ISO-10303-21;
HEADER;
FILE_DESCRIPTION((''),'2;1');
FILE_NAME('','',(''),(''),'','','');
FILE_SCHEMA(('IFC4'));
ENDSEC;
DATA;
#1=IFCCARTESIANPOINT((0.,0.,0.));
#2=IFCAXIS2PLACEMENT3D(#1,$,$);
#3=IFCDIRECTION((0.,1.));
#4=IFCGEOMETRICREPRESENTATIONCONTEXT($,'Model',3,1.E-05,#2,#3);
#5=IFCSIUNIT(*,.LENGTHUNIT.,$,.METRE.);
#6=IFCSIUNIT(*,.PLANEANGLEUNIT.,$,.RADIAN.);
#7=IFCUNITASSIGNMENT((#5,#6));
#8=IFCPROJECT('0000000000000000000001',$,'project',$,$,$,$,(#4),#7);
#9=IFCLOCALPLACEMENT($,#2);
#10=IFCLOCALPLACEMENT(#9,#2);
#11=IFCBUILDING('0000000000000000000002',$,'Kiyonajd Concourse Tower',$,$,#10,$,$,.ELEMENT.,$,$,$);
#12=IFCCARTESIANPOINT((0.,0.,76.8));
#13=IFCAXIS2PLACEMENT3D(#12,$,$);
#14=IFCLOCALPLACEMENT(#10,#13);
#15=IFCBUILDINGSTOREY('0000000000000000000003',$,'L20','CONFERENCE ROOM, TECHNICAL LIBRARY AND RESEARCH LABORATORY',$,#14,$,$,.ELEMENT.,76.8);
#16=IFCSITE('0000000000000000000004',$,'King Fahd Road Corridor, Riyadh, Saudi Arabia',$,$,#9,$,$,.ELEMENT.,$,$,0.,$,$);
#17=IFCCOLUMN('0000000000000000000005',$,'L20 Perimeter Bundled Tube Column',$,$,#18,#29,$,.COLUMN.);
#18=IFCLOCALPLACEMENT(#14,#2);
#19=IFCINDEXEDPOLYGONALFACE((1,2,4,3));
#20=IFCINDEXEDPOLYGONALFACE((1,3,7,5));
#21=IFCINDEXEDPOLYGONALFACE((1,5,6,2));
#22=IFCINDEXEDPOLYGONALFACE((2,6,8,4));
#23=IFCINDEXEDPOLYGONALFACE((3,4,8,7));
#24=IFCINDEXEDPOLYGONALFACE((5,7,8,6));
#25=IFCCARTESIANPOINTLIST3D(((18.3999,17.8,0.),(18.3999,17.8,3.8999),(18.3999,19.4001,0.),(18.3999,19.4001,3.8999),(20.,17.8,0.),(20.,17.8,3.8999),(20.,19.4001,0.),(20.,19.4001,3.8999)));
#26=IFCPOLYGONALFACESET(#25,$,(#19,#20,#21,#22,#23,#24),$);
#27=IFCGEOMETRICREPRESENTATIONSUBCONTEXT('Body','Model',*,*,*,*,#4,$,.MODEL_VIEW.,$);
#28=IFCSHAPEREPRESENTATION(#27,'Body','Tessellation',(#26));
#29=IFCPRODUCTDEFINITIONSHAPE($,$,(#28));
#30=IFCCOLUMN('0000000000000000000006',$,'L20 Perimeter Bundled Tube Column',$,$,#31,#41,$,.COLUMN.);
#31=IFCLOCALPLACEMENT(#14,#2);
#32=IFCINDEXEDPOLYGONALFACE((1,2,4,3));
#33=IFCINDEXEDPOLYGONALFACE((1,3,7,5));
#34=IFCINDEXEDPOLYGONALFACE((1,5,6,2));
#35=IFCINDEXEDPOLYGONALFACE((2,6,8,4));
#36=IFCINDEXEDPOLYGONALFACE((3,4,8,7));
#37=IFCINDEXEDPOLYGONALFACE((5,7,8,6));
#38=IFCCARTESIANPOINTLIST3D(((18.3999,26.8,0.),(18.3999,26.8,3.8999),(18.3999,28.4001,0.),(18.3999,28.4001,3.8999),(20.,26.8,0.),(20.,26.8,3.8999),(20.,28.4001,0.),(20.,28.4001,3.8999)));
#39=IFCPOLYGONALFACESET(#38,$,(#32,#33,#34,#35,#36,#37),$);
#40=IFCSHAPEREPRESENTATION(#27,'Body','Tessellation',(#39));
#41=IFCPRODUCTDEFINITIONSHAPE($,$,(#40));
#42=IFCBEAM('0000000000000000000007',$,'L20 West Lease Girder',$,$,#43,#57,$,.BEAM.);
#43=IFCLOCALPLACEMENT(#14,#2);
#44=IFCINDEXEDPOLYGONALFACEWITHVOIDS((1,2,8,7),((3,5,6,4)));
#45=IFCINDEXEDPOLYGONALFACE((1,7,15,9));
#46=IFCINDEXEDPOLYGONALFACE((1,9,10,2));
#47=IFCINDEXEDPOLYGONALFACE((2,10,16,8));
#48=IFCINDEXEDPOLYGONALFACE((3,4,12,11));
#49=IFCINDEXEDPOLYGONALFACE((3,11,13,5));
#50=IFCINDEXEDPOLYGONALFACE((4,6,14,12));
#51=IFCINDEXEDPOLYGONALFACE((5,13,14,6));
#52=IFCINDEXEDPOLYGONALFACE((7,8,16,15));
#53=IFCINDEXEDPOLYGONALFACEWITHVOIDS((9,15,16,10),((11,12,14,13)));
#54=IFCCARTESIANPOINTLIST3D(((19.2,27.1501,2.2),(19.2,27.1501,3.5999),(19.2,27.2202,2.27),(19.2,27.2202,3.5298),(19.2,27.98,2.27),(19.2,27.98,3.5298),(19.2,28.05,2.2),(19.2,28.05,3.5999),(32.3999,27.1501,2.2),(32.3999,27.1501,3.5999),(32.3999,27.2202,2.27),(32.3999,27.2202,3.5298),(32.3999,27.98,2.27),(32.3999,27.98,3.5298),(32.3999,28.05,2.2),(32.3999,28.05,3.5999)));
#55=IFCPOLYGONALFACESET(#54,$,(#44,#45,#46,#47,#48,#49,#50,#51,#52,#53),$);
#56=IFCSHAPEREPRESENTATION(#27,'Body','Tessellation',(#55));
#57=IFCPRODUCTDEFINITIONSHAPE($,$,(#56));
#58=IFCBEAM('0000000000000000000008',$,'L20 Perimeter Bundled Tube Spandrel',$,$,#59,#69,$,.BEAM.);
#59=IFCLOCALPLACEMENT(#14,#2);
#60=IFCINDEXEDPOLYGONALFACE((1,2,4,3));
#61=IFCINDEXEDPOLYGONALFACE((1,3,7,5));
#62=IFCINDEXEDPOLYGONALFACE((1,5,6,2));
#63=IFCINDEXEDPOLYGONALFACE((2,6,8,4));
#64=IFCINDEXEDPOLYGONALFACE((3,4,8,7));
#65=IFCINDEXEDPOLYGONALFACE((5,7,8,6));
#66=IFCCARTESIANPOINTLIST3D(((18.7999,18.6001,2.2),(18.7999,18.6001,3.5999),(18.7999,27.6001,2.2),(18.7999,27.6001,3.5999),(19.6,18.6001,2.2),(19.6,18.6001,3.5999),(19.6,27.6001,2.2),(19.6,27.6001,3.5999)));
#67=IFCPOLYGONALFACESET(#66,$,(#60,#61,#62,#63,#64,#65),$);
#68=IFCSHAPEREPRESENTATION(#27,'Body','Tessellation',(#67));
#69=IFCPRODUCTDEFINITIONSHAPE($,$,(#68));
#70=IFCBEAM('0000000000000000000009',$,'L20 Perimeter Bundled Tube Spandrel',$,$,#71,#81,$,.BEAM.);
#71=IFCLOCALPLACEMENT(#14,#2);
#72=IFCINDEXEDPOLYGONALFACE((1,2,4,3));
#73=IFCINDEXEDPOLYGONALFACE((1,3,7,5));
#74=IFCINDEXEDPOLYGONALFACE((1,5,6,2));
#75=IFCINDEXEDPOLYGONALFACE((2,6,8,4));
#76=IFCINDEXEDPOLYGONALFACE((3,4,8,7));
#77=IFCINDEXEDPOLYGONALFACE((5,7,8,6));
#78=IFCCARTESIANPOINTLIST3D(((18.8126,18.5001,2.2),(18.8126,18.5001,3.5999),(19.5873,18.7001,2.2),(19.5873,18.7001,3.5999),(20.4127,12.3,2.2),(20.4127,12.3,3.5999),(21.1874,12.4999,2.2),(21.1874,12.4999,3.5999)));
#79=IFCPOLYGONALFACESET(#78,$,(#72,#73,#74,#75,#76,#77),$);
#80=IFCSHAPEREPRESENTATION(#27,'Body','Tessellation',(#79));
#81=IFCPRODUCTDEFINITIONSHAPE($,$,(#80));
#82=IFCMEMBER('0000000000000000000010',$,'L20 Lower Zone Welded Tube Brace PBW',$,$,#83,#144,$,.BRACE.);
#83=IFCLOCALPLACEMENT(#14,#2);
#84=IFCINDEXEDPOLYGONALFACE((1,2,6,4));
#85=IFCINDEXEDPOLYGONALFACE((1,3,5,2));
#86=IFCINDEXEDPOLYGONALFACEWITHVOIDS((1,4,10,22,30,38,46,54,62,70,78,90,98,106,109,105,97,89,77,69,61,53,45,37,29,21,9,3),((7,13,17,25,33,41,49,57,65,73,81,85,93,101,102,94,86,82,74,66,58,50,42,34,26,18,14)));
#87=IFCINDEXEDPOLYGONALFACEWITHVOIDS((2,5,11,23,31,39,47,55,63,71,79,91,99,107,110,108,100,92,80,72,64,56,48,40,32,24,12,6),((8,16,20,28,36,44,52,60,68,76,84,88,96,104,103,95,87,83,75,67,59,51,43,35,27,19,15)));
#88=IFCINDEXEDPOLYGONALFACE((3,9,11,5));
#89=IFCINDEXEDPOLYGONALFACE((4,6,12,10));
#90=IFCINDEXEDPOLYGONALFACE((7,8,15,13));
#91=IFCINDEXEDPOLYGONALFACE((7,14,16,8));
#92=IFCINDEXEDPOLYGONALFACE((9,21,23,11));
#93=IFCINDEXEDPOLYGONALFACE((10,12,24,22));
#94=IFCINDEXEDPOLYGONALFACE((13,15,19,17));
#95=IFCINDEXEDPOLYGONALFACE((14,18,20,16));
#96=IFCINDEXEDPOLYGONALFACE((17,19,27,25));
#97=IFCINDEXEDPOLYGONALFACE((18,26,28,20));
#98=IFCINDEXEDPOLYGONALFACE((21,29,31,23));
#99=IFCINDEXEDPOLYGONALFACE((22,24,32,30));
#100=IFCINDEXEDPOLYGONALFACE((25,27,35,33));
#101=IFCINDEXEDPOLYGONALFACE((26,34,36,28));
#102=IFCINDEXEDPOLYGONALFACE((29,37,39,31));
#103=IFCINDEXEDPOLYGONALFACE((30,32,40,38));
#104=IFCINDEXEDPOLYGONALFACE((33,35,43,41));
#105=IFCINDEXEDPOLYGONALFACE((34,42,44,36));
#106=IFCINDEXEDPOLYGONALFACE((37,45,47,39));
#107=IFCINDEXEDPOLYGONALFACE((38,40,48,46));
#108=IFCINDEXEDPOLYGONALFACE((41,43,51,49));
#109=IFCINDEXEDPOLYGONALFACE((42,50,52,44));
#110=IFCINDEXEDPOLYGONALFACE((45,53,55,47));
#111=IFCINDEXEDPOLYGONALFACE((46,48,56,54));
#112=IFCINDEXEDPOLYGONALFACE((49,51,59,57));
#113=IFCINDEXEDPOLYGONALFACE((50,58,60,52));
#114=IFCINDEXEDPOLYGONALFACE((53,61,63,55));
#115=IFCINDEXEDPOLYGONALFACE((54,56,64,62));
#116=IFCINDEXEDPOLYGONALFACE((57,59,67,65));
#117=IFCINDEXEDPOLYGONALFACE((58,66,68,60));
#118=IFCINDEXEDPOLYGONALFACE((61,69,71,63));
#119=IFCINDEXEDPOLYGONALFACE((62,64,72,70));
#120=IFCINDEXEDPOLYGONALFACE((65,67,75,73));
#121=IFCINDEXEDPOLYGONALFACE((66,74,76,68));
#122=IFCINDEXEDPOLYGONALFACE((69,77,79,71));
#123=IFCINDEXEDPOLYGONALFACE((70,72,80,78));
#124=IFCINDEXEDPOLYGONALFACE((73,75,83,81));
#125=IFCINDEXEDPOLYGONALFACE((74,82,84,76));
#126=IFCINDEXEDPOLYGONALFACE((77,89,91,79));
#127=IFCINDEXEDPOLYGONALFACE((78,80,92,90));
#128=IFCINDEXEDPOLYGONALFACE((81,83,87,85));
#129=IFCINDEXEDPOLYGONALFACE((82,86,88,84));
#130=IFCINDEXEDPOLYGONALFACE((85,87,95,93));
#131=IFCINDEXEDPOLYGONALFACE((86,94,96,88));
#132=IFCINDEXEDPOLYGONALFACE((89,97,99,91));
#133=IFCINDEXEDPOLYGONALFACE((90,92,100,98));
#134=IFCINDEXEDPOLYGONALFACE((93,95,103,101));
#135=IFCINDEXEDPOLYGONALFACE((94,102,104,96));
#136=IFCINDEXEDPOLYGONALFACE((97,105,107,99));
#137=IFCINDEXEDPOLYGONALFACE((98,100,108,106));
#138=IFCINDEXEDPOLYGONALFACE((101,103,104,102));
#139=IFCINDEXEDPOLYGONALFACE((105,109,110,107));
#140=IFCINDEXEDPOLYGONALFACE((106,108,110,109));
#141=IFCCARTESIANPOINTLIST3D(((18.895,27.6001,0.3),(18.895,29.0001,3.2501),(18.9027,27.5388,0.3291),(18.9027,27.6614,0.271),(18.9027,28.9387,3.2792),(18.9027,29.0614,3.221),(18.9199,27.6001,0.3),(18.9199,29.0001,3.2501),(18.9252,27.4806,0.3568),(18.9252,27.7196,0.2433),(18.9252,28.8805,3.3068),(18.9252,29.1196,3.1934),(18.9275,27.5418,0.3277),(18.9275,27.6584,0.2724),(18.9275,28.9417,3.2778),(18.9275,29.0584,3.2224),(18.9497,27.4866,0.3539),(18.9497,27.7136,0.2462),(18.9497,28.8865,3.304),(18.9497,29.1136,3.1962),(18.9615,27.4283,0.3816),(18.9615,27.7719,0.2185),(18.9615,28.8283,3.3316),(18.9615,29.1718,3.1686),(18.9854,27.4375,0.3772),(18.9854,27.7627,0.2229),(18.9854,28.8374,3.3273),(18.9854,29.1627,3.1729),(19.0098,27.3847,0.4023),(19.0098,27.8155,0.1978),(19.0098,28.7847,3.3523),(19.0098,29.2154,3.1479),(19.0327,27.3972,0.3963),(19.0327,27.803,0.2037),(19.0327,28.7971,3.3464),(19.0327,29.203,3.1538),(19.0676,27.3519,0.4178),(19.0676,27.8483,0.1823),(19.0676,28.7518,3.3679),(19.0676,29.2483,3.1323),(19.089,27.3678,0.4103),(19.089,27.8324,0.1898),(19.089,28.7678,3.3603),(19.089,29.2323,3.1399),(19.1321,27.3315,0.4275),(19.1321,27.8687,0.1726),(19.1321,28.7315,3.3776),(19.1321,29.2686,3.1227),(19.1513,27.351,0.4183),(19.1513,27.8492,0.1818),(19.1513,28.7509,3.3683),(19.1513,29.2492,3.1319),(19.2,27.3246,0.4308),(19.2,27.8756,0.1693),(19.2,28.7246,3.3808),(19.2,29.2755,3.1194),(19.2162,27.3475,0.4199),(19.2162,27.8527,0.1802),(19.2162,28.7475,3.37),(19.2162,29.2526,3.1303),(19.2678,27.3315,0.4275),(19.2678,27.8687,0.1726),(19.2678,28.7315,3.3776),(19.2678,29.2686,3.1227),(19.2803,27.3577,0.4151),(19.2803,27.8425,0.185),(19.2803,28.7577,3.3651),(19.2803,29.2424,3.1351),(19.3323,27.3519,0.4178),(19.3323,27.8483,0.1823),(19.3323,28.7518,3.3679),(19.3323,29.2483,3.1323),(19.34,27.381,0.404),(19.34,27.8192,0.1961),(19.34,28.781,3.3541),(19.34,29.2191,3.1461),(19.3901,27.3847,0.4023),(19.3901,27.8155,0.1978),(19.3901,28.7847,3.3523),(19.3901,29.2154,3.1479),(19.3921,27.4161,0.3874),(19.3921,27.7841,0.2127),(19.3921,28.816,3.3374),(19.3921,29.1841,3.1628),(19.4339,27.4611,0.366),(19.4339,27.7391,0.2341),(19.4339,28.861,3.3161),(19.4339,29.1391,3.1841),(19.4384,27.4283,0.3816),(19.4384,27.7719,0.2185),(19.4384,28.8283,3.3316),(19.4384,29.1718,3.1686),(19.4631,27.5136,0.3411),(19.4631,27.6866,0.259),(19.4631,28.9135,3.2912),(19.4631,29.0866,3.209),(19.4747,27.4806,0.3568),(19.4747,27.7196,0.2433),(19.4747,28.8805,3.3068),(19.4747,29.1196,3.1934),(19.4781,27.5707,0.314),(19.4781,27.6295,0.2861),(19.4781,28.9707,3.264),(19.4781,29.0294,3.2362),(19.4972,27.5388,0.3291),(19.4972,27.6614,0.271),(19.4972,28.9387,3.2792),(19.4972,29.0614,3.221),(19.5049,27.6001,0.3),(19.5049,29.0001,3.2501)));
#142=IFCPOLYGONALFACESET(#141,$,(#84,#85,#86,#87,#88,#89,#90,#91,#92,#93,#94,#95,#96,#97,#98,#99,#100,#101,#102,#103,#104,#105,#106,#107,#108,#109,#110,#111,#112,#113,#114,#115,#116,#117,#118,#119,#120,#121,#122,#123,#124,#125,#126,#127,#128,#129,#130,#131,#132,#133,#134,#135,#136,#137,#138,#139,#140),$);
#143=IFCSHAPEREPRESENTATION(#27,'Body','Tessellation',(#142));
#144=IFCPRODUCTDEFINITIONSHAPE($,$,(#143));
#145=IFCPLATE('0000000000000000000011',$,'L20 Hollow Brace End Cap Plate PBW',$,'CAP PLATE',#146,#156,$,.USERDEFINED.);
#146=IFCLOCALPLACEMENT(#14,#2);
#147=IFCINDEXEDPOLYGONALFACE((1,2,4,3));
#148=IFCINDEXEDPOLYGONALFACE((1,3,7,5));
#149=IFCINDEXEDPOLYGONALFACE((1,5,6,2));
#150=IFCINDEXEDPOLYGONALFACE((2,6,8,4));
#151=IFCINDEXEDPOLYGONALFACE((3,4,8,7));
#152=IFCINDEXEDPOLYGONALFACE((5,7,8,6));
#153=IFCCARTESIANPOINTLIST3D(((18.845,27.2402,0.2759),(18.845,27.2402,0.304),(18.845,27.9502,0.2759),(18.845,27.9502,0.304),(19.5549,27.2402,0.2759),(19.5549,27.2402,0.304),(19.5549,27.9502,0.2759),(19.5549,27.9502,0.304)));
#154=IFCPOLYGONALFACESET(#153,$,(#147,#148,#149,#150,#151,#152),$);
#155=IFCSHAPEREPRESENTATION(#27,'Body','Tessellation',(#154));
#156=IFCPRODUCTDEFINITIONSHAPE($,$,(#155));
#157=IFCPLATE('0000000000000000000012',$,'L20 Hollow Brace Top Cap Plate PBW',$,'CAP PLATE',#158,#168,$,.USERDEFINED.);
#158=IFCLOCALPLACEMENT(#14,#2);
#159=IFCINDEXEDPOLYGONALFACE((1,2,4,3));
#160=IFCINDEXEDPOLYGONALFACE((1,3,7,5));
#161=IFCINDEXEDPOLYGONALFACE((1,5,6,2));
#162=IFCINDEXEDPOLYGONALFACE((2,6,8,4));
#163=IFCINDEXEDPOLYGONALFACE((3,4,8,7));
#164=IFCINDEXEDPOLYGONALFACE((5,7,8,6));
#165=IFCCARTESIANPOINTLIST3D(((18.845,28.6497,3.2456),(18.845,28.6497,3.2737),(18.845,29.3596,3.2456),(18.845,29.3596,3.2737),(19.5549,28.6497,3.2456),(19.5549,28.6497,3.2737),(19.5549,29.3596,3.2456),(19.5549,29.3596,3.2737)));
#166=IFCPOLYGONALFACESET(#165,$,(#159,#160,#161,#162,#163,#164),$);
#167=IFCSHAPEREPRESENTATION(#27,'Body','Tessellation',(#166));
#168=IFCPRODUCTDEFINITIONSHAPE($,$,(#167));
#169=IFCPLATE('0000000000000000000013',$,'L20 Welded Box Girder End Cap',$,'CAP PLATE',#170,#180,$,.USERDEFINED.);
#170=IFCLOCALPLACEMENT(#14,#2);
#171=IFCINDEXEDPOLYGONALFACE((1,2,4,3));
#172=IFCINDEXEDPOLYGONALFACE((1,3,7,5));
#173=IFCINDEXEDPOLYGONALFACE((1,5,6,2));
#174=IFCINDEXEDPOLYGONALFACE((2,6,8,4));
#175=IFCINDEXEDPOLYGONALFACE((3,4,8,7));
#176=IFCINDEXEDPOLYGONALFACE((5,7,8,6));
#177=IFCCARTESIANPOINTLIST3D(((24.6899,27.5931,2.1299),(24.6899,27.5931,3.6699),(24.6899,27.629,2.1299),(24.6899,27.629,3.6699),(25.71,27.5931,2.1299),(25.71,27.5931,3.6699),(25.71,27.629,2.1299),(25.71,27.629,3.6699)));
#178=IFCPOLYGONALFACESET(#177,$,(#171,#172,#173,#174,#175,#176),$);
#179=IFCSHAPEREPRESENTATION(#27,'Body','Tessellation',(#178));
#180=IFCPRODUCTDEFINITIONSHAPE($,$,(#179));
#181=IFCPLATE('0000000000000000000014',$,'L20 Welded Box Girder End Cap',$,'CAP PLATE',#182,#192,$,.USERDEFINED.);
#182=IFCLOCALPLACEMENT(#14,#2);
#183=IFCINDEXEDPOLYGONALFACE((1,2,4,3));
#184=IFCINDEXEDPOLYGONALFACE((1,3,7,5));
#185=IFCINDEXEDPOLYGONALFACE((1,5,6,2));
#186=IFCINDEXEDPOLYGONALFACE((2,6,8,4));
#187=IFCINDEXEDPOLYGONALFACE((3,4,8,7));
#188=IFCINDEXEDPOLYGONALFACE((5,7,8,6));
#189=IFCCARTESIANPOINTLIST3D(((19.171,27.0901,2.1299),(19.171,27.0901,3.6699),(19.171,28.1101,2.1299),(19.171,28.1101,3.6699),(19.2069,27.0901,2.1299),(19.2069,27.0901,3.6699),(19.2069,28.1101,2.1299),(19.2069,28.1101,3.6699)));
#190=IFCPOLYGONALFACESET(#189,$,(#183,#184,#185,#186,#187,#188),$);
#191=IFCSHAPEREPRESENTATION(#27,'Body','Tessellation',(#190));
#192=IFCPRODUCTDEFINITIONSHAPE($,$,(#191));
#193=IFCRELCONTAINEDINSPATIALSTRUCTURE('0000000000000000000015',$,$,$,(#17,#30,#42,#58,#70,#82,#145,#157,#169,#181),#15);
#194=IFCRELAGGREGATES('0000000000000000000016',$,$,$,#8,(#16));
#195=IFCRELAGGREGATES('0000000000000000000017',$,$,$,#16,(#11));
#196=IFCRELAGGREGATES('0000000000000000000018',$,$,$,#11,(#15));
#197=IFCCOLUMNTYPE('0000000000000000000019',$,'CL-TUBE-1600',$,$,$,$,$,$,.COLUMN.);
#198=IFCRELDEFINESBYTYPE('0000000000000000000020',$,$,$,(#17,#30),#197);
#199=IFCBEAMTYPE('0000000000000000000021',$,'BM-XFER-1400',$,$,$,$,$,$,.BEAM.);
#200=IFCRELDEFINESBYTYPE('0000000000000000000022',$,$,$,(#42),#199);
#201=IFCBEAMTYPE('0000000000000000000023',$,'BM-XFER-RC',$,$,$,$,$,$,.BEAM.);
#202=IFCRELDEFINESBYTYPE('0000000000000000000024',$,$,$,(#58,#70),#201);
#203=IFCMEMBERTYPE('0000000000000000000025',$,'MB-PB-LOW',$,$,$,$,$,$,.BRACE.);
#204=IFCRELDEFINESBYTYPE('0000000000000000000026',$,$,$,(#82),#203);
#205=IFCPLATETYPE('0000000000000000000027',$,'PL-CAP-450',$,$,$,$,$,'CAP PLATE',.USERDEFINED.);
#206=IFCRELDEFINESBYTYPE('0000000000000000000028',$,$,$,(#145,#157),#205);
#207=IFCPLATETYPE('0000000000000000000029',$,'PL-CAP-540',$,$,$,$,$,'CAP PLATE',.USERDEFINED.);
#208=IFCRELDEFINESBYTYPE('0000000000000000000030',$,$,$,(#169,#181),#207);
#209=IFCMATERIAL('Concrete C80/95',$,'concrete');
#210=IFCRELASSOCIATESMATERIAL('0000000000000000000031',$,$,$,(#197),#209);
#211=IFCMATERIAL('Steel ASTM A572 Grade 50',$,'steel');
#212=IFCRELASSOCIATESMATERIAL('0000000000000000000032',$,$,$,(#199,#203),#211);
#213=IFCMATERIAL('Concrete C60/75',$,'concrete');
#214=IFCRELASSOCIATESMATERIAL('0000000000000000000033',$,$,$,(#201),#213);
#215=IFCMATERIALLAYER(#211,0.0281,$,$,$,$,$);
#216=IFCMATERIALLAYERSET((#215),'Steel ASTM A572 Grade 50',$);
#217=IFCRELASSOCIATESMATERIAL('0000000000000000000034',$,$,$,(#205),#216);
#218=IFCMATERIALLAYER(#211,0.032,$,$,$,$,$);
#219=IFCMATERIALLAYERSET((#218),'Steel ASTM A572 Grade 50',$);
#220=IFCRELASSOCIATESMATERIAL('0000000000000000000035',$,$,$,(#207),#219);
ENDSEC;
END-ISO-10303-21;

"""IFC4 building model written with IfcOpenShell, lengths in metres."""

from ifc_helpers import new_model, si_unit, direction, frame, origin, origin_2d, place, context, subcontext, project, spatial, rectangle, hollow_rectangle, hollow_circle, extrude, material, layer, layer_set, material_profile, profile_set, type_object, element, save


model = new_model("IFC4")

# Units and contexts
model_context = context("Model", 3, precision=1e-05, world=origin(), true_north=direction((0.0, 1.0)))
body_context = subcontext(model_context, "Body", "Model", "MODEL_VIEW")
ifc_project = project(units=[si_unit("LENGTHUNIT", "METRE"), si_unit("PLANEANGLEUNIT", "RADIAN")], contexts=[model_context])

# Site, building, storey
site_placement = place(None, origin())
site = spatial("IfcSite", under=ifc_project, at=site_placement, Name="King Fahd Road Corridor, Riyadh, Saudi Arabia", CompositionType="ELEMENT", RefElevation=0.0)
building_placement = place(site_placement, origin())
building = spatial("IfcBuilding", under=site, at=building_placement, Name="Kiyonajd Concourse Tower", CompositionType="ELEMENT")
storey_placement = place(building_placement, frame((0.0, 0.0, 76.8)))
storey = spatial("IfcBuildingStorey", under=building, at=storey_placement, Name="L20", Description="CONFERENCE ROOM, TECHNICAL LIBRARY AND RESEARCH LABORATORY", CompositionType="ELEMENT", Elevation=76.8)

# Columns
ifc_material_1 = material(Name="Concrete C80/95", Category="concrete")
ifc_material_profile_1 = material_profile(ifc_material_1, rectangle(XDim=1.6001, YDim=1.6001, at=origin_2d()), Name="RC-1600x1600")
ifc_profile_set_1 = profile_set([ifc_material_profile_1], Name="Concrete C80/95")
column_type = type_object("IfcColumnType", Name="CL-TUBE-1600", PredefinedType="COLUMN", material=ifc_profile_set_1)
for number, where, z_axis, x_axis, name in (
    (1, (19.2, 18.6001, 0.0), (0.0, 0.0, 1.0), (1.0, 0.0, 0.0), "L20 Perimeter Bundled Tube Column"),
    (2, (19.2, 27.6001, 0.0), (0.0, 0.0, 1.0), (1.0, 0.0, 0.0), "L20 Perimeter Bundled Tube Column"),
):
    element("IfcColumn", number, at=place(storey_placement, frame(where, z_axis=z_axis, x_axis=x_axis)), inside=storey, type_object=column_type, Name=name, PredefinedType="COLUMN", context=body_context, shape_type="SweptSolid", body=[
        extrude(rectangle(XDim=1.6001, YDim=1.6001, at=origin_2d()), origin(), (0.0, 0.0, 1.0), 3.8999),
    ])

# Beams
ifc_material_2 = material(Name="Steel ASTM A572 Grade 50", Category="steel")
ifc_material_profile_2 = material_profile(ifc_material_2, hollow_rectangle(XDim=0.8999, YDim=1.3999, WallThickness=0.0701, at=origin_2d()), Name="BOX-1400x900x70")
ifc_profile_set_2 = profile_set([ifc_material_profile_2], Name="Steel ASTM A572 Grade 50")
beam_type_1 = type_object("IfcBeamType", Name="BM-XFER-1400", PredefinedType="BEAM", material=ifc_profile_set_2)
beam_1_placement = place(storey_placement, frame((19.2, 27.6001, 2.8999), z_axis=(1.0, 0.0, 0.0), x_axis=(0.0, 1.0, 0.0)))
element("IfcBeam", 3, at=beam_1_placement, inside=storey, type_object=beam_type_1, Name="L20 West Lease Girder", PredefinedType="BEAM", context=body_context, shape_type="SweptSolid", body=[
    extrude(hollow_rectangle(XDim=0.8999, YDim=1.3999, WallThickness=0.0701, at=origin_2d()), origin(), (0.0, 0.0, 1.0), 13.2),
])
ifc_material_3 = material(Name="Concrete C60/75", Category="concrete")
ifc_material_profile_3 = material_profile(ifc_material_3, rectangle(XDim=0.8, YDim=1.3999, at=origin_2d()), Name="RCBM-800x1400")
ifc_profile_set_3 = profile_set([ifc_material_profile_3], Name="Concrete C60/75")
beam_type_2 = type_object("IfcBeamType", Name="BM-XFER-RC", PredefinedType="BEAM", material=ifc_profile_set_3)
beam_2_placement = place(storey_placement, frame((19.2, 27.6001, 2.8999), z_axis=(0.0, -1.0, 0.0), x_axis=(1.0, 0.0, 0.0)))
element("IfcBeam", 4, at=beam_2_placement, inside=storey, type_object=beam_type_2, Name="L20 Perimeter Bundled Tube Spandrel", PredefinedType="BEAM", context=body_context, shape_type="SweptSolid", body=[
    extrude(rectangle(XDim=0.8, YDim=1.3999, at=origin_2d()), origin(), (0.0, 0.0, 1.0), 9.0),
])
beam_3_placement = place(storey_placement, frame((19.2, 18.6001, 2.8999), z_axis=(0.249885, -0.968276, 0.0), x_axis=(0.968276, 0.249885, 0.0)))
element("IfcBeam", 5, at=beam_3_placement, inside=storey, type_object=beam_type_2, Name="L20 Perimeter Bundled Tube Spandrel", PredefinedType="BEAM", context=body_context, shape_type="SweptSolid", body=[
    extrude(rectangle(XDim=0.8, YDim=1.3999, at=origin_2d()), origin(), (0.0, 0.0, 1.0), 6.4033),
])

# Member
ifc_material_profile_4 = material_profile(ifc_material_2, hollow_circle(Radius=0.3049, WallThickness=0.0249, at=origin_2d()), Name="CHS-610x25")
ifc_profile_set_4 = profile_set([ifc_material_profile_4], Name="Steel ASTM A572 Grade 50")
member_type = type_object("IfcMemberType", Name="MB-PB-LOW", PredefinedType="BRACE", material=ifc_profile_set_4)
member_placement = place(storey_placement, frame((19.2, 27.6001, 0.3), z_axis=(0.0, 0.428726, 0.903435), x_axis=(-1.0, 0.0, 0.0)))
element("IfcMember", 6, at=member_placement, inside=storey, type_object=member_type, Name="L20 Lower Zone Welded Tube Brace PBW", PredefinedType="BRACE", context=body_context, shape_type="SweptSolid", body=[
    extrude(hollow_circle(Radius=0.3049, WallThickness=0.0249, at=origin_2d()), origin(), (0.0, 0.0, 1.0), 3.2654),
])

# Plates
ifc_layer_1 = layer(ifc_material_2, 0.0281)
ifc_layer_set_1 = layer_set([ifc_layer_1], Name="Steel ASTM A572 Grade 50")
plate_type_1 = type_object("IfcPlateType", Name="PL-CAP-450", ElementType="CAP PLATE", PredefinedType="USERDEFINED", material=ifc_layer_set_1)
for number, where, z_axis, x_axis, name in (
    (7, (19.2, 27.5952, 0.2759), (0.0, 0.0, 1.0), (1.0, 0.0, 0.0), "L20 Hollow Brace End Cap Plate PBW"),
    (8, (19.2, 29.0046, 3.2456), (0.0, 0.0, 1.0), (1.0, 0.0, 0.0), "L20 Hollow Brace Top Cap Plate PBW"),
):
    element("IfcPlate", number, at=place(storey_placement, frame(where, z_axis=z_axis, x_axis=x_axis)), inside=storey, type_object=plate_type_1, Name=name, ObjectType="CAP PLATE", PredefinedType="USERDEFINED", context=body_context, shape_type="SweptSolid", body=[
        extrude(rectangle(XDim=0.71, YDim=0.71, at=origin_2d()), origin(), (0.0, 0.0, 1.0), 0.0281),
    ])
ifc_layer_2 = layer(ifc_material_2, 0.032)
ifc_layer_set_2 = layer_set([ifc_layer_2], Name="Steel ASTM A572 Grade 50")
plate_type_2 = type_object("IfcPlateType", Name="PL-CAP-540", ElementType="CAP PLATE", PredefinedType="USERDEFINED", material=ifc_layer_set_2)
for number, where, z_axis, x_axis, name in (
    (9, (25.2, 27.6111, 2.1299), (0.0, 0.0, 1.0), (0.0, 1.0, 0.0), "L20 Welded Box Girder End Cap"),
    (10, (19.189, 27.6001, 2.1299), (0.0, 0.0, 1.0), (-1.0, 0.0, 0.0), "L20 Welded Box Girder End Cap"),
):
    element("IfcPlate", number, at=place(storey_placement, frame(where, z_axis=z_axis, x_axis=x_axis)), inside=storey, type_object=plate_type_2, Name=name, ObjectType="CAP PLATE", PredefinedType="USERDEFINED", context=body_context, shape_type="SweptSolid", body=[
        extrude(rectangle(XDim=0.0359, YDim=1.02, at=origin_2d()), origin(), (0.0, 0.0, 1.0), 1.54),
    ])

save(model, "model.ifc")
